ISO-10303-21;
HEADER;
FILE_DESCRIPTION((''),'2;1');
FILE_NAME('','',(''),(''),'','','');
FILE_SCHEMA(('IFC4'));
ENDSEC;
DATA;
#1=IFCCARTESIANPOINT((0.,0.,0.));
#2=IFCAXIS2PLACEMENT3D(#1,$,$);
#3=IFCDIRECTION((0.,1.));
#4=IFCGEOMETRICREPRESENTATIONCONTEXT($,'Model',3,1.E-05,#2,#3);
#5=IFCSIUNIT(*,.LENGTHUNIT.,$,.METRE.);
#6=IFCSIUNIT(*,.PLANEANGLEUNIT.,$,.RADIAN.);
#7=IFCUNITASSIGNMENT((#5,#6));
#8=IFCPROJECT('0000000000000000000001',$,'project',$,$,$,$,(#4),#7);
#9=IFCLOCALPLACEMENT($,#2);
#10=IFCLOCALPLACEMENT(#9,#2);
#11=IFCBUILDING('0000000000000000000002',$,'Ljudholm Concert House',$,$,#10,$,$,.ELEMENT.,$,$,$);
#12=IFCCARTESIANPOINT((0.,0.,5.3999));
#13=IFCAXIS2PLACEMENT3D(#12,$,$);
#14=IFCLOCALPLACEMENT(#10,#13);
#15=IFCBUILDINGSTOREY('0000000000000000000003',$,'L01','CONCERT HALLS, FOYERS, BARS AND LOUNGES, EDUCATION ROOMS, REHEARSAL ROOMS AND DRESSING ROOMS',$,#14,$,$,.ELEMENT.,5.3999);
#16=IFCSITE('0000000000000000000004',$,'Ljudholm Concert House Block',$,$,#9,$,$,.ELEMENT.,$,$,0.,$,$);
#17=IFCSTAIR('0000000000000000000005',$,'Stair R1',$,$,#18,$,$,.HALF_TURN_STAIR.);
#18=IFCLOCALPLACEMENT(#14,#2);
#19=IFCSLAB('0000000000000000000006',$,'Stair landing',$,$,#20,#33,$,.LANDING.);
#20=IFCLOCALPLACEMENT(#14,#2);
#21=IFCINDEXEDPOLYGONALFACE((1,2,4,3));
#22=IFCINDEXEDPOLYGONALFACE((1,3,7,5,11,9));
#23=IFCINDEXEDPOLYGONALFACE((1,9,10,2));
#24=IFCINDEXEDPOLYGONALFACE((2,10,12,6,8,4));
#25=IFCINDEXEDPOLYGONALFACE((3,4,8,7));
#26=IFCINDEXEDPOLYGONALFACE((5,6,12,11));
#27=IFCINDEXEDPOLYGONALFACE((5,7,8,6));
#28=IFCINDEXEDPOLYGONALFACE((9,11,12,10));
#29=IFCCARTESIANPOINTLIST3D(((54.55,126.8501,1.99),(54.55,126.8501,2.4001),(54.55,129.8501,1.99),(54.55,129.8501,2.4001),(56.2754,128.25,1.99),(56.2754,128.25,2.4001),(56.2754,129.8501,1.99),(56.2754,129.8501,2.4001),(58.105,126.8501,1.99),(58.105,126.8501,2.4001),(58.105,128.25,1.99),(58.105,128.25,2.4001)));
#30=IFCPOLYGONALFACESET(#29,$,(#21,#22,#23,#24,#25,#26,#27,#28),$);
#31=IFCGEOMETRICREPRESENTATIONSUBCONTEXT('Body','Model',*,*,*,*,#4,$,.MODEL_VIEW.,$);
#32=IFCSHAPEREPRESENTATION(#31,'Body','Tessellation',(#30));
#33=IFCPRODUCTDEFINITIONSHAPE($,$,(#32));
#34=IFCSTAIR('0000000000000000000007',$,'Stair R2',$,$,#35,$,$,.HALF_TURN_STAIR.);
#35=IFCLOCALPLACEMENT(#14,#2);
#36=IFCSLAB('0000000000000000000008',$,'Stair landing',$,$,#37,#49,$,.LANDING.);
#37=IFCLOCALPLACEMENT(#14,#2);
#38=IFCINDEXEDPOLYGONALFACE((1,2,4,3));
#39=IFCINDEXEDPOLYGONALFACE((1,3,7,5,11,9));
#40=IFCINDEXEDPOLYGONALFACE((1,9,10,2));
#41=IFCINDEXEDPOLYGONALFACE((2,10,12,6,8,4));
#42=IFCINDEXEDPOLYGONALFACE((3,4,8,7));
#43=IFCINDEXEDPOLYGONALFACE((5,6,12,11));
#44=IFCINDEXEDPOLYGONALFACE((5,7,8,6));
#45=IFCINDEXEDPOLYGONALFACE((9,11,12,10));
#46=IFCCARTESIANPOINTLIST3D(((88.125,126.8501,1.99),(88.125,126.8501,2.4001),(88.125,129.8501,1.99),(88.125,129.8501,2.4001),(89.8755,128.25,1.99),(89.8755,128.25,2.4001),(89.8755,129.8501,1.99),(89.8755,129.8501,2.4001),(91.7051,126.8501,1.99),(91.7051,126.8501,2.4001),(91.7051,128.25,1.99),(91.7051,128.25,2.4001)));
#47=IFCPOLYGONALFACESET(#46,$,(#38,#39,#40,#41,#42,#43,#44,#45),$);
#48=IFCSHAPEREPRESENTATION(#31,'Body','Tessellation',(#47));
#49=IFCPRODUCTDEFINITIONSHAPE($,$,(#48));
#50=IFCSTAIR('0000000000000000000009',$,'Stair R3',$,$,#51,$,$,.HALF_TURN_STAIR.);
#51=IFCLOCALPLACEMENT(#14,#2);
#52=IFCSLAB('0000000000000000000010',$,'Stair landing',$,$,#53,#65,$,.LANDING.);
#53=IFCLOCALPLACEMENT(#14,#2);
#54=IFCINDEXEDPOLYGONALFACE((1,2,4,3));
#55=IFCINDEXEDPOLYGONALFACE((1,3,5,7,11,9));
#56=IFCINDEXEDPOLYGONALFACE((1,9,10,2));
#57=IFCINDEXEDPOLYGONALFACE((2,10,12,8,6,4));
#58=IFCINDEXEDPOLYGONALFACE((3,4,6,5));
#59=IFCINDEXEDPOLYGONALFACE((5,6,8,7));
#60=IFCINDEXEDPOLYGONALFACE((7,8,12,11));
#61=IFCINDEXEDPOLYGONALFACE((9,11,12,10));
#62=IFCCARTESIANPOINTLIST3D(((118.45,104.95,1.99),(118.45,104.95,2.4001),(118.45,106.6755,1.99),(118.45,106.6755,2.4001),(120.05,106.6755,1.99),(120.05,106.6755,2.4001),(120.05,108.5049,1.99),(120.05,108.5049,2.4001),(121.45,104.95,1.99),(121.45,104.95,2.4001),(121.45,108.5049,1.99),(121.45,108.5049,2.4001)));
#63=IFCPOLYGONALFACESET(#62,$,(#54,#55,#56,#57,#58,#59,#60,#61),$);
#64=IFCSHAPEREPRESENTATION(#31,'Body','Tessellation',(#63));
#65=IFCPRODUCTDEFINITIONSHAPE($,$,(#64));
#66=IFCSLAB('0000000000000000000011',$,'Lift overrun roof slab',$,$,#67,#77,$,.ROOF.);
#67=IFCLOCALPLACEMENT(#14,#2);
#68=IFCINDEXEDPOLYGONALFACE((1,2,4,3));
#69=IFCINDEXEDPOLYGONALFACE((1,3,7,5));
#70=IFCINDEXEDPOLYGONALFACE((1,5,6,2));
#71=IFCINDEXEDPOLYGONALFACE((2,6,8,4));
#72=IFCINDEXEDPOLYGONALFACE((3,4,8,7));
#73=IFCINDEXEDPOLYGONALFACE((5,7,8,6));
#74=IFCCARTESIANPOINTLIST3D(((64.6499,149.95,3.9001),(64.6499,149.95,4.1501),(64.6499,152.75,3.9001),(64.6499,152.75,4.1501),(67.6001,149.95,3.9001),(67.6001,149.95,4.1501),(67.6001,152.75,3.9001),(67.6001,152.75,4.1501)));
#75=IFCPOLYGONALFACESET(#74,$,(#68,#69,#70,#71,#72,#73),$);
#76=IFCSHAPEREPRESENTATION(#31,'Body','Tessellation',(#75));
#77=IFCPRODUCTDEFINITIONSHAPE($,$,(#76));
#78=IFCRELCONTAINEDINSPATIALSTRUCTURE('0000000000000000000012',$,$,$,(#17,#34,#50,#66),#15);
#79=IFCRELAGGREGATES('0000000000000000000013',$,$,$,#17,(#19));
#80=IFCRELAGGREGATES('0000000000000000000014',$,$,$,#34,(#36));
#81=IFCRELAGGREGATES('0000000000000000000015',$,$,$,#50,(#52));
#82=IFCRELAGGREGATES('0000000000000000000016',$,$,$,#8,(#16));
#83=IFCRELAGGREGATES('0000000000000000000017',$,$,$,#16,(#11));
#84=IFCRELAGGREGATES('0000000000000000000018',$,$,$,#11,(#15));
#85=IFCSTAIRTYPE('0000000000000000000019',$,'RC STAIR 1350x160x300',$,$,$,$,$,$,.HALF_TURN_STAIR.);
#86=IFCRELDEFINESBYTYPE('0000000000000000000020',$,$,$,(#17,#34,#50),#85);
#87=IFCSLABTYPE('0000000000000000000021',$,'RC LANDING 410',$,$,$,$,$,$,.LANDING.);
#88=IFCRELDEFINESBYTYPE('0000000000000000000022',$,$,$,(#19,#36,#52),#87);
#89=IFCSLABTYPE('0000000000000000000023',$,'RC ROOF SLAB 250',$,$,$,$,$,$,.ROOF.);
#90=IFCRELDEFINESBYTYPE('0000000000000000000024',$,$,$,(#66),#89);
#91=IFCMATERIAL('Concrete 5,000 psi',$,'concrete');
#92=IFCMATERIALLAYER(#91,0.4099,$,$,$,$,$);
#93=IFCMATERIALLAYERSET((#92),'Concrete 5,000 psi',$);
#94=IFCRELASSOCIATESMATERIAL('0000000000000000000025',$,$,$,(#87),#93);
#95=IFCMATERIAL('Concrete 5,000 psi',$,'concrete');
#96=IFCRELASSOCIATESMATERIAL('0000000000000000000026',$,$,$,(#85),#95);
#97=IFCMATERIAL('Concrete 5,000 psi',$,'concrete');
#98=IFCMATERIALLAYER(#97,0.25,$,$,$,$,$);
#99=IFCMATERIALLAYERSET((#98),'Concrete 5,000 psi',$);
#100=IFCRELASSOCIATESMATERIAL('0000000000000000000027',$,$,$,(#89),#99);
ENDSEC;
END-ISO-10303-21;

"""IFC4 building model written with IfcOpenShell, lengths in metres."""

from ifc_helpers import new_model, si_unit, direction, frame, origin, place, context, subcontext, project, spatial, polyline, outline, extrude, material, layer, layer_set, type_object, element, aggregate, save


model = new_model("IFC4")

# Units and contexts
model_context = context("Model", 3, precision=1e-05, world=origin(), true_north=direction((0.0, 1.0)))
body_context = subcontext(model_context, "Body", "Model", "MODEL_VIEW")
ifc_project = project(units=[si_unit("LENGTHUNIT", "METRE"), si_unit("PLANEANGLEUNIT", "RADIAN")], contexts=[model_context])

# Site, building, storey
site_placement = place(None, origin())
site = spatial("IfcSite", under=ifc_project, at=site_placement, Name="Ljudholm Concert House Block", CompositionType="ELEMENT", RefElevation=0.0)
building_placement = place(site_placement, origin())
building = spatial("IfcBuilding", under=site, at=building_placement, Name="Ljudholm Concert House", CompositionType="ELEMENT")
storey_placement = place(building_placement, frame((0.0, 0.0, 5.3999)))
storey = spatial("IfcBuildingStorey", under=building, at=storey_placement, Name="L01", Description="CONCERT HALLS, FOYERS, BARS AND LOUNGES, EDUCATION ROOMS, REHEARSAL ROOMS AND DRESSING ROOMS", CompositionType="ELEMENT", Elevation=5.3999)

# Stairs, slabs
ifc_material_1 = material(Name="Concrete 5,000 psi", Category="concrete")
ifc_layer_1 = layer(ifc_material_1, 0.4099)
ifc_layer_set_1 = layer_set([ifc_layer_1], Name="Concrete 5,000 psi")
slab_type_1 = type_object("IfcSlabType", Name="RC LANDING 410", PredefinedType="LANDING", material=ifc_layer_set_1)
ifc_material_2 = material(Name="Concrete 5,000 psi", Category="concrete")
stair_type_1 = type_object("IfcStairType", Name="RC STAIR 1350x160x300", PredefinedType="HALF_TURN_STAIR", material=ifc_material_2)
stair_1_placement = place(storey_placement, origin())
stair_1 = element("IfcStair", 1, at=stair_1_placement, inside=storey, type_object=stair_type_1, Name="Stair R1", PredefinedType="HALF_TURN_STAIR")
slab_1_placement = place(storey_placement, frame((0.0, 0.0, 1.99)))
slab_1 = element("IfcSlab", 2, at=slab_1_placement, type_object=slab_type_1, Name="Stair landing", PredefinedType="LANDING", context=body_context, shape_type="SweptSolid", body=[
    extrude(outline(polyline([(58.105, 126.8501), (58.105, 128.25), (56.2754, 128.25), (56.2754, 129.8501), (54.55, 129.8501), (54.55, 126.8501), (58.105, 126.8501)])), origin(), (0.0, 0.0, 1.0), 0.4102),
])
aggregate(stair_1, [slab_1])
stair_2_placement = place(storey_placement, origin())
stair_2 = element("IfcStair", 3, at=stair_2_placement, inside=storey, type_object=stair_type_1, Name="Stair R2", PredefinedType="HALF_TURN_STAIR")
slab_2_placement = place(storey_placement, frame((0.0, 0.0, 1.99)))
slab_2 = element("IfcSlab", 4, at=slab_2_placement, type_object=slab_type_1, Name="Stair landing", PredefinedType="LANDING", context=body_context, shape_type="SweptSolid", body=[
    extrude(outline(polyline([(91.7051, 126.8501), (91.7051, 128.25), (89.8755, 128.25), (89.8755, 129.8501), (88.125, 129.8501), (88.125, 126.8501), (91.7051, 126.8501)])), origin(), (0.0, 0.0, 1.0), 0.4102),
])
aggregate(stair_2, [slab_2])
stair_3_placement = place(storey_placement, origin())
stair_3 = element("IfcStair", 5, at=stair_3_placement, inside=storey, type_object=stair_type_1, Name="Stair R3", PredefinedType="HALF_TURN_STAIR")
slab_3_placement = place(storey_placement, frame((0.0, 0.0, 1.99)))
slab_3 = element("IfcSlab", 6, at=slab_3_placement, type_object=slab_type_1, Name="Stair landing", PredefinedType="LANDING", context=body_context, shape_type="SweptSolid", body=[
    extrude(outline(polyline([(121.45, 108.5049), (120.05, 108.5049), (120.05, 106.6755), (118.45, 106.6755), (118.45, 104.95), (121.45, 104.95), (121.45, 108.5049)])), origin(), (0.0, 0.0, 1.0), 0.4102),
])
aggregate(stair_3, [slab_3])

# Slab
ifc_material_3 = material(Name="Concrete 5,000 psi", Category="concrete")
ifc_layer_2 = layer(ifc_material_3, 0.25)
ifc_layer_set_2 = layer_set([ifc_layer_2], Name="Concrete 5,000 psi")
slab_type_2 = type_object("IfcSlabType", Name="RC ROOF SLAB 250", PredefinedType="ROOF", material=ifc_layer_set_2)
slab_4_placement = place(storey_placement, frame((0.0, 0.0, 3.9001)))
element("IfcSlab", 7, at=slab_4_placement, inside=storey, type_object=slab_type_2, Name="Lift overrun roof slab", PredefinedType="ROOF", context=body_context, shape_type="SweptSolid", body=[
    extrude(outline(polyline([(64.6499, 149.95), (67.6001, 149.95), (67.6001, 152.75), (64.6499, 152.75), (64.6499, 149.95)])), origin(), (0.0, 0.0, 1.0), 0.25),
])

save(model, "model.ifc")
